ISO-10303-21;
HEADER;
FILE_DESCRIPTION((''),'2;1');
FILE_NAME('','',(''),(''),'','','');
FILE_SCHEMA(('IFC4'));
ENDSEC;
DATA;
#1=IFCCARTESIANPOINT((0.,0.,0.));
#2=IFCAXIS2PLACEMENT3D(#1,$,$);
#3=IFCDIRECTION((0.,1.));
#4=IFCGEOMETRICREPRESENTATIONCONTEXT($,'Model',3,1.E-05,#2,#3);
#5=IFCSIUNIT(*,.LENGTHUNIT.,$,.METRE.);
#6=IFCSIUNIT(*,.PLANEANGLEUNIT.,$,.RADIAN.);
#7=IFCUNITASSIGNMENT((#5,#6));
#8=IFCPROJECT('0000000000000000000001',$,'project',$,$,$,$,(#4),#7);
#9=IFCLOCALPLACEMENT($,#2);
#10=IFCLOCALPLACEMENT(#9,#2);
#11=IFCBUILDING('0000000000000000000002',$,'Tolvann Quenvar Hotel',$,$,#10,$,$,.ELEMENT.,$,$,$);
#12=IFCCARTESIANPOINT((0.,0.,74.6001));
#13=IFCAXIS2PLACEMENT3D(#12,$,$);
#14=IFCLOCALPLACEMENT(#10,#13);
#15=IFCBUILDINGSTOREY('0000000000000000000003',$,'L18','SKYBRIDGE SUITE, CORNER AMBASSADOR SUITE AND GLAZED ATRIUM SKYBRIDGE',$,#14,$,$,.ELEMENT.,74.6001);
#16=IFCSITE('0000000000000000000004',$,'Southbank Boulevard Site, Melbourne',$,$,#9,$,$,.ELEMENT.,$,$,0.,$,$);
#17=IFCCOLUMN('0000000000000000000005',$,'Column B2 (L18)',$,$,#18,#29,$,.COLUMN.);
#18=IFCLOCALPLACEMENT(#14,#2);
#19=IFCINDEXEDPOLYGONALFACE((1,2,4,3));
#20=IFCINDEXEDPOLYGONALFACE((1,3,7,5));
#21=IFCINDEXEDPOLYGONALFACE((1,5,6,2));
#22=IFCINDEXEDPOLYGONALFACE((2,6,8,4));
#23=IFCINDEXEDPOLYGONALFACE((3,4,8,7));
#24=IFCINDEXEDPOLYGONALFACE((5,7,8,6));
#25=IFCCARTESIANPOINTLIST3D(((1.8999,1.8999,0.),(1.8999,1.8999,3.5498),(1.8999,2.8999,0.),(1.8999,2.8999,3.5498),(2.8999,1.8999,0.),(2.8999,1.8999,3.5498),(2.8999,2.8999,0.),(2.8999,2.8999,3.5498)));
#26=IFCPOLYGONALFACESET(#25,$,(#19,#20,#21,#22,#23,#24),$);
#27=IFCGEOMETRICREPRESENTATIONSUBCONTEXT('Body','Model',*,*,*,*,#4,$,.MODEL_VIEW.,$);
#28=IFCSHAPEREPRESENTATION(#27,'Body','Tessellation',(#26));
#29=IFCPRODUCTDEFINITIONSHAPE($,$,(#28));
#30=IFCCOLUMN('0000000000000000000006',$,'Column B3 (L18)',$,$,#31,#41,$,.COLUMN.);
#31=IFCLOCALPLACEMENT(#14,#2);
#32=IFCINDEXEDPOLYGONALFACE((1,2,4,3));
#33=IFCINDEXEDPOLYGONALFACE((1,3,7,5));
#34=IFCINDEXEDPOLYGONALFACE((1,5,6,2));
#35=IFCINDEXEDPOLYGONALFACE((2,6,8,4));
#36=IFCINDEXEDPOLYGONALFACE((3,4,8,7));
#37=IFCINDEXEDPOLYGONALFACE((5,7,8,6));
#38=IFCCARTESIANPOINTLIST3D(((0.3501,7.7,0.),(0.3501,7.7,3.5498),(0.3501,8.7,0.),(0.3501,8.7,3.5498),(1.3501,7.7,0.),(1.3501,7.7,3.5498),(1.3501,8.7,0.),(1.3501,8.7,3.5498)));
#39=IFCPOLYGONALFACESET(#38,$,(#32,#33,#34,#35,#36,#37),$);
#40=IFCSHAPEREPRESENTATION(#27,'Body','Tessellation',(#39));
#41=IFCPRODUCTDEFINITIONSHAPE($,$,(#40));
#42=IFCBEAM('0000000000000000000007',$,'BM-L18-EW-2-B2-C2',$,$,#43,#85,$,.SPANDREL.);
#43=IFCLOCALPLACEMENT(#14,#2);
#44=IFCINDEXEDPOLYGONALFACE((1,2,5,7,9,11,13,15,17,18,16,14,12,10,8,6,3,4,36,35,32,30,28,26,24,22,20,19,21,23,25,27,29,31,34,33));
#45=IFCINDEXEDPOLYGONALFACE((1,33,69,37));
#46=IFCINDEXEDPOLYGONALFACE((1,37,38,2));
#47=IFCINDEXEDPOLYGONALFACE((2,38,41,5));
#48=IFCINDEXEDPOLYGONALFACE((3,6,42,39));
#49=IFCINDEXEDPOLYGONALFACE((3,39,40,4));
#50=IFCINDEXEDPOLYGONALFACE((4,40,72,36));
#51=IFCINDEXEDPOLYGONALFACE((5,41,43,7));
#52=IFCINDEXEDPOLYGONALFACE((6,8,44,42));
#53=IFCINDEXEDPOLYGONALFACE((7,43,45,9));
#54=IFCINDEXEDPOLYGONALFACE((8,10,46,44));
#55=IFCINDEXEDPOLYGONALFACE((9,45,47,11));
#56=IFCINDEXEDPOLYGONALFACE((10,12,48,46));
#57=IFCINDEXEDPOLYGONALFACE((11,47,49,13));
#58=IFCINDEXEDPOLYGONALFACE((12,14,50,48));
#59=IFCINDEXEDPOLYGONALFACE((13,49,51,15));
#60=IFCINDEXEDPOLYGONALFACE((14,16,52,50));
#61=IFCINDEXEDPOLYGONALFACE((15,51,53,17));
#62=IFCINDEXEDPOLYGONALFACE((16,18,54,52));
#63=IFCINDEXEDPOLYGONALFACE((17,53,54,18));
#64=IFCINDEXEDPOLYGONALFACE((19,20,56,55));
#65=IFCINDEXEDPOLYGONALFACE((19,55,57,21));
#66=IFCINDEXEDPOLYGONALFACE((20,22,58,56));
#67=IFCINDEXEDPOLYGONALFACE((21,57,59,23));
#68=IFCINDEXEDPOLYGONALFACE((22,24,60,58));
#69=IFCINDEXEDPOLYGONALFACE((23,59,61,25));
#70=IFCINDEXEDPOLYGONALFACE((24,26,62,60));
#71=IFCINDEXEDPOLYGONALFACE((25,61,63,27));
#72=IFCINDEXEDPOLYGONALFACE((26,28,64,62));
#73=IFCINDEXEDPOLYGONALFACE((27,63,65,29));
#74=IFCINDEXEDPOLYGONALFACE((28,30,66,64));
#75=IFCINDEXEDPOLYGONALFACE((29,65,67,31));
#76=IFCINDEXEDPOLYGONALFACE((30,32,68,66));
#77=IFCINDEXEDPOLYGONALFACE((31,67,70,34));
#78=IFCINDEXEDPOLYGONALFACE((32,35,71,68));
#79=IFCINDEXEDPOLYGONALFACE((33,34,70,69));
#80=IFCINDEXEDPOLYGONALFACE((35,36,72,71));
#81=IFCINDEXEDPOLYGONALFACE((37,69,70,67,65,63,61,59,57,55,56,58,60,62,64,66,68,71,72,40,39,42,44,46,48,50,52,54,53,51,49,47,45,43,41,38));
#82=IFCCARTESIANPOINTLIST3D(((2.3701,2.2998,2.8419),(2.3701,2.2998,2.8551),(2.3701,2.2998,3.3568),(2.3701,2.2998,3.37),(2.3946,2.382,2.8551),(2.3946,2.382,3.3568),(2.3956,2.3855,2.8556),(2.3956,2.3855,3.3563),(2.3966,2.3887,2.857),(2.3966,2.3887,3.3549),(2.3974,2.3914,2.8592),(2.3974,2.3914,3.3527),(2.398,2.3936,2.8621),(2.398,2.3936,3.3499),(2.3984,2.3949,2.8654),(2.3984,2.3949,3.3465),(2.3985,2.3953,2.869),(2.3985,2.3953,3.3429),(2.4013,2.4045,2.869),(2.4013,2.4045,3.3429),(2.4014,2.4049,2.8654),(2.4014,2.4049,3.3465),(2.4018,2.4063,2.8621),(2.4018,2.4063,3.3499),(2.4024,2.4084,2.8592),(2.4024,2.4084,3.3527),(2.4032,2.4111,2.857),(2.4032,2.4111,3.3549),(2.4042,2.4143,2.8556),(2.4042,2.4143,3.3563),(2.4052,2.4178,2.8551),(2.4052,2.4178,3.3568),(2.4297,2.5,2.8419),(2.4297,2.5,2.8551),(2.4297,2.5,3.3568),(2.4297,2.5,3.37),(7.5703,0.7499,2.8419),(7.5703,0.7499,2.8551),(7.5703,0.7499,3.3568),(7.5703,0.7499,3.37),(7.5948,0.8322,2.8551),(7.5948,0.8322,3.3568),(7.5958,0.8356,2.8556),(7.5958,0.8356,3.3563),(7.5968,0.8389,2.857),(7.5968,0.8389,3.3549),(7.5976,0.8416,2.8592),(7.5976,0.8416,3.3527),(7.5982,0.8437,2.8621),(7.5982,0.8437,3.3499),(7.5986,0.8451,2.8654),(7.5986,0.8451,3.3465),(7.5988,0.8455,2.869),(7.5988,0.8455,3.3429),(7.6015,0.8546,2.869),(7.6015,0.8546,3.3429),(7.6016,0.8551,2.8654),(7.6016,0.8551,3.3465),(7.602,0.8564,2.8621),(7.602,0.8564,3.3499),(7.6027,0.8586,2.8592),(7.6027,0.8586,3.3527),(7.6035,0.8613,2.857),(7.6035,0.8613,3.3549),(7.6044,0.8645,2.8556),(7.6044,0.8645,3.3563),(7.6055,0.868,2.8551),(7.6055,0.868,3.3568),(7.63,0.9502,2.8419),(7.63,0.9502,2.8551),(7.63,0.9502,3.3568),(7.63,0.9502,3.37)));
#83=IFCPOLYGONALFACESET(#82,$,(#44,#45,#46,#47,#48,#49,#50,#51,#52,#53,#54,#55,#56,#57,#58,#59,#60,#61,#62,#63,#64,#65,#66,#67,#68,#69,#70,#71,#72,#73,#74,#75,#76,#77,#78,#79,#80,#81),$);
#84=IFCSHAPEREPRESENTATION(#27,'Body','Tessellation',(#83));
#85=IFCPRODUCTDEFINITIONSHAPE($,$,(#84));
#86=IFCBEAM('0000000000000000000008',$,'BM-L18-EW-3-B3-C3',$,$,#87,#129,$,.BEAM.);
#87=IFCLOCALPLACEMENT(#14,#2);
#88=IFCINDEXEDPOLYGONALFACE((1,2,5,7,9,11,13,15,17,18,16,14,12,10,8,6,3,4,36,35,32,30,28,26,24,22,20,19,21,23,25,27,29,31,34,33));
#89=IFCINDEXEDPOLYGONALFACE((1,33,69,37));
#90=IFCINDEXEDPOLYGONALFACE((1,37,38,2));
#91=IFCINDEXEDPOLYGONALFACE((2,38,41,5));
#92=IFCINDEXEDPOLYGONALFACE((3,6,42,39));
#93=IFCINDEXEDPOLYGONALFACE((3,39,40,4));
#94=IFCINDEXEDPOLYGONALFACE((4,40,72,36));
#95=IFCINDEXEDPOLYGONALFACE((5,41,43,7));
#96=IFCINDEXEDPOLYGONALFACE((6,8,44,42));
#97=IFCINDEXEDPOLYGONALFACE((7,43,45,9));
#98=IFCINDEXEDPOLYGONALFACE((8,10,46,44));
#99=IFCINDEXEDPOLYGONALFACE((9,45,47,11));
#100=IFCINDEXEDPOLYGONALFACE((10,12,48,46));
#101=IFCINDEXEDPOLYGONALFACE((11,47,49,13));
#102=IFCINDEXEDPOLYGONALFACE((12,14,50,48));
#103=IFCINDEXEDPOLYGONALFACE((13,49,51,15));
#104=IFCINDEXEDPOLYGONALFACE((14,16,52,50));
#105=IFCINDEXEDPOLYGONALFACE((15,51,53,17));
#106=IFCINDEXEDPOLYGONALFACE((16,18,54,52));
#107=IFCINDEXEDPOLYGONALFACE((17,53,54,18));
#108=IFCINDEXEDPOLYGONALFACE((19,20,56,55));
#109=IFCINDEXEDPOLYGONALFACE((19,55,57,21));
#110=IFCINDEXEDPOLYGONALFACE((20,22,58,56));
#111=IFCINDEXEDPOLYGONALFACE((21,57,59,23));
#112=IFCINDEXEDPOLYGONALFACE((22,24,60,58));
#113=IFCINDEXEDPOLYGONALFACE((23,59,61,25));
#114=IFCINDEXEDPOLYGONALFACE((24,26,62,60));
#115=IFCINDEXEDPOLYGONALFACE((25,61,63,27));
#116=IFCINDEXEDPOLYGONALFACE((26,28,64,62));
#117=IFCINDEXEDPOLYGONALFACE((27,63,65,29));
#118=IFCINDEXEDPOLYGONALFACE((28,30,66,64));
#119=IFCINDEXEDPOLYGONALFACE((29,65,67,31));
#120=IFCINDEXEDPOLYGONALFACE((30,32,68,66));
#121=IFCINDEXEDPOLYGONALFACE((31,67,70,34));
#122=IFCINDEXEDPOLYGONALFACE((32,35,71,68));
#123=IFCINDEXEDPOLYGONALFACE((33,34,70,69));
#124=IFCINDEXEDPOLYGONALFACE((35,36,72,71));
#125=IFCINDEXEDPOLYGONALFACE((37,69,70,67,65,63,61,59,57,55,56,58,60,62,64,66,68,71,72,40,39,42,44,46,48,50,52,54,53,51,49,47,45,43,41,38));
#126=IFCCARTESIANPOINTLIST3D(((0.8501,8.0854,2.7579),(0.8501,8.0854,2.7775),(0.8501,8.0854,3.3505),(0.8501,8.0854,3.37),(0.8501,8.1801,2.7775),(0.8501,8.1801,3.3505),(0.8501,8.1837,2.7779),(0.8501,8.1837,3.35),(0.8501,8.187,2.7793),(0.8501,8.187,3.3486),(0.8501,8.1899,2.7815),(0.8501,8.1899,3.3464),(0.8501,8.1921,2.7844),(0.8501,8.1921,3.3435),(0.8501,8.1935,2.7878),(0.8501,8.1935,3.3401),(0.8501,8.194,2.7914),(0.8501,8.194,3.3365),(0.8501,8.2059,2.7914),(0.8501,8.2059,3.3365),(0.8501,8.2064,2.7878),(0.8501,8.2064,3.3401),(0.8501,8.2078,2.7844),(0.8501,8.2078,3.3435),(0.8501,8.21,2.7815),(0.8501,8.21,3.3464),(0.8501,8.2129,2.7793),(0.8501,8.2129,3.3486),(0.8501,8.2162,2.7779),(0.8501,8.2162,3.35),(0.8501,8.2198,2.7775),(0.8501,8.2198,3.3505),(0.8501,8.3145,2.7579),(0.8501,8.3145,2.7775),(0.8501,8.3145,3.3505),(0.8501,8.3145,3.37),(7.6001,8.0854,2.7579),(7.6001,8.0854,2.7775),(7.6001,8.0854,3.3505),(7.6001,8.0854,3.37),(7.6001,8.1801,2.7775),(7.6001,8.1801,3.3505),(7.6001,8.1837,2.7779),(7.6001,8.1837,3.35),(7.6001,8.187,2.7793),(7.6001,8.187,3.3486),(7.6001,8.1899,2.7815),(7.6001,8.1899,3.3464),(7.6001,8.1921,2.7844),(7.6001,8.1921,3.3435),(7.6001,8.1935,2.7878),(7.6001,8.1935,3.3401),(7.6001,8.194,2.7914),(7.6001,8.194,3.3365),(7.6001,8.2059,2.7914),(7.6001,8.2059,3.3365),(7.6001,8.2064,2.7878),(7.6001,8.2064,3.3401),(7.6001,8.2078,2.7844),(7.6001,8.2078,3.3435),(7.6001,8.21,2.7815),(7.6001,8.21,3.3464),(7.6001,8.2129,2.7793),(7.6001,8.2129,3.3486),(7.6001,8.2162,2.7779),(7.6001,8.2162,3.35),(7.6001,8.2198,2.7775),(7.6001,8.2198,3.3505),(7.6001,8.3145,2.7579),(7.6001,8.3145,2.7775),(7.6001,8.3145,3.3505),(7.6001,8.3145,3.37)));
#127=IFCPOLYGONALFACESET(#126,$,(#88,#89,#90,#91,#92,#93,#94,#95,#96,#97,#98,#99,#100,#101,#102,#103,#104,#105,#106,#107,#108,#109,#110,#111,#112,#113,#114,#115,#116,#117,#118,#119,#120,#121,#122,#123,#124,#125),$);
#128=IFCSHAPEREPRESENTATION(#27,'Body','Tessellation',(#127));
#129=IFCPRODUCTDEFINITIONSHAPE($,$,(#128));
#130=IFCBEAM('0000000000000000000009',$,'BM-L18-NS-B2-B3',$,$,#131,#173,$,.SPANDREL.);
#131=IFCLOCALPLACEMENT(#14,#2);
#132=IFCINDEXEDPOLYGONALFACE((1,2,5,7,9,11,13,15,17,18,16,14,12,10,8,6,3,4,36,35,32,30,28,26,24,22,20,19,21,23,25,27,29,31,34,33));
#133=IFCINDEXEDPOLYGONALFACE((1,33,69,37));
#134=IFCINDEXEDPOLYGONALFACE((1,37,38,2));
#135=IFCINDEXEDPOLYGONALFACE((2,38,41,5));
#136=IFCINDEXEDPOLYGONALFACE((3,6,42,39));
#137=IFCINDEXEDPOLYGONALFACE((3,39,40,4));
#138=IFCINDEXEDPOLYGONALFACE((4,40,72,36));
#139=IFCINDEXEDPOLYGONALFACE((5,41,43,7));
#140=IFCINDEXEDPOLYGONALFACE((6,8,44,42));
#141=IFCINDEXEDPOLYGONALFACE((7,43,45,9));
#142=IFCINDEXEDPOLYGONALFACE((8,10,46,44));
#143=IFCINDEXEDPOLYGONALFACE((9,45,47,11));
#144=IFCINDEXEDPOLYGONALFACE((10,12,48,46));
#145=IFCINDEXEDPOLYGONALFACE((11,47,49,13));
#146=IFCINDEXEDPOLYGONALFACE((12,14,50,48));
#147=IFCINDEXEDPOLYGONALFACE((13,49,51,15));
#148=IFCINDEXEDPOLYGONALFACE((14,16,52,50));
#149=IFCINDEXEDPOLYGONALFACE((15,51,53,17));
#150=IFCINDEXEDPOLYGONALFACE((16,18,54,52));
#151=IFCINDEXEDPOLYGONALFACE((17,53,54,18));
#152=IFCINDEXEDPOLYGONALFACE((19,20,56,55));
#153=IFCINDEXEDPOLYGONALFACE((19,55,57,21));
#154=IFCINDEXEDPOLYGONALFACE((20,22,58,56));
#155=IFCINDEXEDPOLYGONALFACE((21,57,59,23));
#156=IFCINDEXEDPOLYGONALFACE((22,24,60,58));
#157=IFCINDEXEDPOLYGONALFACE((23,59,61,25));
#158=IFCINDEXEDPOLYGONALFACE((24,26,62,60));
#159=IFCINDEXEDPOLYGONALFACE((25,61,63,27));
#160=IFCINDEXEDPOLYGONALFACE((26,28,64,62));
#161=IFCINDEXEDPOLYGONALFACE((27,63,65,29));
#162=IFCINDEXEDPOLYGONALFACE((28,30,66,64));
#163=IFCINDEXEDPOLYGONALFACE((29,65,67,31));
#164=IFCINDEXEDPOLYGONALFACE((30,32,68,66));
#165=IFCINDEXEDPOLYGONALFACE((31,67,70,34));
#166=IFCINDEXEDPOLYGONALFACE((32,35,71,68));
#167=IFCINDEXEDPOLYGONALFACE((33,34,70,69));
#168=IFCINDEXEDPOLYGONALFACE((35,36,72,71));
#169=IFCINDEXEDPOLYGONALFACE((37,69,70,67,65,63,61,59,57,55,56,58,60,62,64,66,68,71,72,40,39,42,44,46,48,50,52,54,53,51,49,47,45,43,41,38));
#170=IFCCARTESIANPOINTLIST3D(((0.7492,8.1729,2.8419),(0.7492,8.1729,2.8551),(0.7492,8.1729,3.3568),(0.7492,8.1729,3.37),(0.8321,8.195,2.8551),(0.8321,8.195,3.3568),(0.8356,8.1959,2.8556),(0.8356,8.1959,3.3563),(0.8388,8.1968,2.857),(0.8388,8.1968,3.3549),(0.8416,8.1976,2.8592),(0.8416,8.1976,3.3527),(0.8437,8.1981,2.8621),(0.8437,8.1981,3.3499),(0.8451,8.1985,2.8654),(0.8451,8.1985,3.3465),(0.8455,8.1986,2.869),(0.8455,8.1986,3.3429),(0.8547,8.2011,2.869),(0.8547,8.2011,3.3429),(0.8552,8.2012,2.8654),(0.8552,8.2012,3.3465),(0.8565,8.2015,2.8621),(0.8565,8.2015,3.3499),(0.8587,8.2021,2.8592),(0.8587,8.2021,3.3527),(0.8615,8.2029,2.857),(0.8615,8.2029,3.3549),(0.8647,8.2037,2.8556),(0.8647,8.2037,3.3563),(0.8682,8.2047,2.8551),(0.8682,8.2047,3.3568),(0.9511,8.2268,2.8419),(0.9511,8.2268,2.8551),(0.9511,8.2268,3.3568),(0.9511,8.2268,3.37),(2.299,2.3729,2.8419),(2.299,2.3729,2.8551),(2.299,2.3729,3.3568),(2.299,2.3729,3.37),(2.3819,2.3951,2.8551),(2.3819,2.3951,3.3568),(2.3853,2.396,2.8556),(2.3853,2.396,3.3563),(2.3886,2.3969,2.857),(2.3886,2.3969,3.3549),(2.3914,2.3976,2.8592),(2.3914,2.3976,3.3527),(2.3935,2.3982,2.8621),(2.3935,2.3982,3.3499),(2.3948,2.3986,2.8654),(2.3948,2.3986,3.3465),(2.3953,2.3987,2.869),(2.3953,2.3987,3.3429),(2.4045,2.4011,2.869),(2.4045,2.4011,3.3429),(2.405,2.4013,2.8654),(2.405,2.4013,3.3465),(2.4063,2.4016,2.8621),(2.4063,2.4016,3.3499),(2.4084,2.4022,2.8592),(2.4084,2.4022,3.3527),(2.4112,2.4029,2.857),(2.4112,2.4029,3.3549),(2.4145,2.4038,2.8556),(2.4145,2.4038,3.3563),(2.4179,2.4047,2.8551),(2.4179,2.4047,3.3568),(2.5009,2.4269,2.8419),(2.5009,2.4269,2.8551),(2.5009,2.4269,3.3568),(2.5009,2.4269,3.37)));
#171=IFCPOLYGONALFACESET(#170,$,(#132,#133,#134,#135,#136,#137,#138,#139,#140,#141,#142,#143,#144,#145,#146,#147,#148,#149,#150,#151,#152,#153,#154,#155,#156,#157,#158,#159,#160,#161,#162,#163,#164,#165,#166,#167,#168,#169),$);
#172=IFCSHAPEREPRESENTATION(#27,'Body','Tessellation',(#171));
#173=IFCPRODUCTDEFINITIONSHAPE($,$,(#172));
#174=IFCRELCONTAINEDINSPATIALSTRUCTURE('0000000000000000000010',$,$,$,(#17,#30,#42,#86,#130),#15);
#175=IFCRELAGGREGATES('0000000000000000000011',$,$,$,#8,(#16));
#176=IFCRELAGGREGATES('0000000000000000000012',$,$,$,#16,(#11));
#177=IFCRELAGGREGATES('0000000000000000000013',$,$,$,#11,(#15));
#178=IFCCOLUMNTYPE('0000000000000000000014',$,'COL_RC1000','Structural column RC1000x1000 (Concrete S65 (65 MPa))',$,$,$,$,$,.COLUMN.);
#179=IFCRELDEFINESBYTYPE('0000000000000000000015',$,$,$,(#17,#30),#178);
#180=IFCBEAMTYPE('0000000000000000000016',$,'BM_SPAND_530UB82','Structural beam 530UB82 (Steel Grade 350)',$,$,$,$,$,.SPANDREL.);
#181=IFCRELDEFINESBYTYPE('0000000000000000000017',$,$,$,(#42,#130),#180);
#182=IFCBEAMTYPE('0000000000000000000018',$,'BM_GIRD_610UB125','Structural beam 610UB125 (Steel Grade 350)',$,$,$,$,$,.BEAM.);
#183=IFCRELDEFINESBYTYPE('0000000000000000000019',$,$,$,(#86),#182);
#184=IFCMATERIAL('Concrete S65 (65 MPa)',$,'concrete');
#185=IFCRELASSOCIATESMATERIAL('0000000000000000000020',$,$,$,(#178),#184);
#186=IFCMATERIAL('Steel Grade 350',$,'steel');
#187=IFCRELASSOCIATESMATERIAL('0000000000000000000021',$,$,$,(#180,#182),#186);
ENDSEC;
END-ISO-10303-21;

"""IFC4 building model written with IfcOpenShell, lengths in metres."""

from ifc_helpers import new_model, si_unit, direction, frame, origin, origin_2d, place, context, subcontext, project, spatial, rectangle, i_section, extrude, source, transform, mapped, material, material_profile, profile_set, type_object, type_shapes, element, save


model = new_model("IFC4")

# Units and contexts
model_context = context("Model", 3, precision=1e-05, world=origin(), true_north=direction((0.0, 1.0)))
body_context = subcontext(model_context, "Body", "Model", "MODEL_VIEW")
ifc_project = project(units=[si_unit("LENGTHUNIT", "METRE"), si_unit("PLANEANGLEUNIT", "RADIAN")], contexts=[model_context])

# Site, building, storey
site_placement = place(None, origin())
site = spatial("IfcSite", under=ifc_project, at=site_placement, Name="Southbank Boulevard Site, Melbourne", CompositionType="ELEMENT", RefElevation=0.0)
building_placement = place(site_placement, origin())
building = spatial("IfcBuilding", under=site, at=building_placement, Name="Tolvann Quenvar Hotel", CompositionType="ELEMENT")
storey_placement = place(building_placement, frame((0.0, 0.0, 74.6001)))
storey = spatial("IfcBuildingStorey", under=building, at=storey_placement, Name="L18", Description="SKYBRIDGE SUITE, CORNER AMBASSADOR SUITE AND GLAZED ATRIUM SKYBRIDGE", CompositionType="ELEMENT", Elevation=74.6001)

# Columns
ifc_material_1 = material(Name="Concrete S65 (65 MPa)", Category="concrete")
ifc_material_profile_1 = material_profile(ifc_material_1, rectangle(XDim=1.0, YDim=1.0, at=origin_2d()), Name="RC1000x1000")
ifc_profile_set_1 = profile_set([ifc_material_profile_1], Name="Concrete S65 (65 MPa)")
column_type = type_object("IfcColumnType", Name="COL_RC1000", Description="Structural column RC1000x1000 (Concrete S65 (65 MPa))", PredefinedType="COLUMN", material=ifc_profile_set_1)
shared_shape_1 = source(origin(), body_context, "Body", "SweptSolid", [
    extrude(rectangle(XDim=1.0, YDim=1.0, at=origin_2d()), origin(), (0.0, 0.0, 1.0), 3.5498),
])
type_shapes(column_type, [shared_shape_1])
for number, where, z_axis, x_axis, name in (
    (1, (2.3999, 2.3999, 0.0), (0.0, 0.0, 1.0), (1.0, 0.0, 0.0), "Column B2 (L18)"),
    (2, (0.8501, 8.2, 0.0), (0.0, 0.0, 1.0), (1.0, 0.0, 0.0), "Column B3 (L18)"),
):
    element("IfcColumn", number, at=place(storey_placement, frame(where, z_axis=z_axis, x_axis=x_axis)), inside=storey, type_object=column_type, Name=name, PredefinedType="COLUMN", context=body_context, shape_type="MappedRepresentation", body=[
        mapped(shared_shape_1, transform((0.0, 0.0, 0.0), x_axis=(1.0, 0.0, 0.0), y_axis=(0.0, 1.0, 0.0), z_axis=(0.0, 0.0, 1.0), scale=1.0)),
    ])

# Beams
ifc_material_2 = material(Name="Steel Grade 350", Category="steel")
ifc_material_profile_2 = material_profile(ifc_material_2, i_section(OverallWidth=0.209, OverallDepth=0.5281, WebThickness=0.0095, FlangeThickness=0.0132, FilletRadius=0.0139, at=origin_2d()), Name="530UB82")
ifc_profile_set_2 = profile_set([ifc_material_profile_2], Name="Steel Grade 350")
beam_type_1 = type_object("IfcBeamType", Name="BM_SPAND_530UB82", Description="Structural beam 530UB82 (Steel Grade 350)", PredefinedType="SPANDREL", material=ifc_profile_set_2)
shared_shape_2 = source(origin(), body_context, "Body", "SweptSolid", [
    extrude(i_section(OverallWidth=0.209, OverallDepth=0.5281, WebThickness=0.0095, FlangeThickness=0.0132, FilletRadius=0.0139, at=origin_2d()), origin(), (0.0, 0.0, 1.0), 5.4263),
])
beam_1_placement = place(storey_placement, frame((2.3999, 2.3999, 3.106), z_axis=(0.958345, -0.285614, 0.0), x_axis=(0.285614, 0.958345, 0.0)))
element("IfcBeam", 3, at=beam_1_placement, inside=storey, type_object=beam_type_1, Name="BM-L18-EW-2-B2-C2", PredefinedType="SPANDREL", context=body_context, shape_type="MappedRepresentation", body=[
    mapped(shared_shape_2, transform((0.0, 0.0, 0.0), x_axis=(1.0, 0.0, 0.0), y_axis=(0.0, 1.0, 0.0), z_axis=(0.0, 0.0, 1.0), scale=1.0)),
])
ifc_material_profile_3 = material_profile(ifc_material_2, i_section(OverallWidth=0.229, OverallDepth=0.6121, WebThickness=0.012, FlangeThickness=0.0195, FilletRadius=0.0139, at=origin_2d()), Name="610UB125")
ifc_profile_set_3 = profile_set([ifc_material_profile_3], Name="Steel Grade 350")
beam_type_2 = type_object("IfcBeamType", Name="BM_GIRD_610UB125", Description="Structural beam 610UB125 (Steel Grade 350)", PredefinedType="BEAM", material=ifc_profile_set_3)
shared_shape_3 = source(origin(), body_context, "Body", "SweptSolid", [
    extrude(i_section(OverallWidth=0.229, OverallDepth=0.6121, WebThickness=0.012, FlangeThickness=0.0195, FilletRadius=0.0139, at=origin_2d()), origin(), (0.0, 0.0, 1.0), 6.75),
])
type_shapes(beam_type_2, [shared_shape_3])
beam_2_placement = place(storey_placement, frame((0.8501, 8.2, 3.064), z_axis=(1.0, 0.0, 0.0), x_axis=(0.0, 1.0, 0.0)))
element("IfcBeam", 4, at=beam_2_placement, inside=storey, type_object=beam_type_2, Name="BM-L18-EW-3-B3-C3", PredefinedType="BEAM", context=body_context, shape_type="MappedRepresentation", body=[
    mapped(shared_shape_3, transform((0.0, 0.0, 0.0), x_axis=(1.0, 0.0, 0.0), y_axis=(0.0, 1.0, 0.0), z_axis=(0.0, 0.0, 1.0), scale=1.0)),
])
shared_shape_4 = source(origin(), body_context, "Body", "SweptSolid", [
    extrude(i_section(OverallWidth=0.209, OverallDepth=0.5281, WebThickness=0.0095, FlangeThickness=0.0132, FilletRadius=0.0139, at=origin_2d()), origin(), (0.0, 0.0, 1.0), 6.0034),
])
beam_3_placement = place(storey_placement, frame((2.3999, 2.3999, 3.106), z_axis=(-0.258149, 0.966105, 0.0), x_axis=(-0.966105, -0.258149, 0.0)))
element("IfcBeam", 5, at=beam_3_placement, inside=storey, type_object=beam_type_1, Name="BM-L18-NS-B2-B3", PredefinedType="SPANDREL", context=body_context, shape_type="MappedRepresentation", body=[
    mapped(shared_shape_4, transform((0.0, 0.0, 0.0), x_axis=(1.0, 0.0, 0.0), y_axis=(0.0, 1.0, 0.0), z_axis=(0.0, 0.0, 1.0), scale=1.0)),
])

save(model, "model.ifc")
